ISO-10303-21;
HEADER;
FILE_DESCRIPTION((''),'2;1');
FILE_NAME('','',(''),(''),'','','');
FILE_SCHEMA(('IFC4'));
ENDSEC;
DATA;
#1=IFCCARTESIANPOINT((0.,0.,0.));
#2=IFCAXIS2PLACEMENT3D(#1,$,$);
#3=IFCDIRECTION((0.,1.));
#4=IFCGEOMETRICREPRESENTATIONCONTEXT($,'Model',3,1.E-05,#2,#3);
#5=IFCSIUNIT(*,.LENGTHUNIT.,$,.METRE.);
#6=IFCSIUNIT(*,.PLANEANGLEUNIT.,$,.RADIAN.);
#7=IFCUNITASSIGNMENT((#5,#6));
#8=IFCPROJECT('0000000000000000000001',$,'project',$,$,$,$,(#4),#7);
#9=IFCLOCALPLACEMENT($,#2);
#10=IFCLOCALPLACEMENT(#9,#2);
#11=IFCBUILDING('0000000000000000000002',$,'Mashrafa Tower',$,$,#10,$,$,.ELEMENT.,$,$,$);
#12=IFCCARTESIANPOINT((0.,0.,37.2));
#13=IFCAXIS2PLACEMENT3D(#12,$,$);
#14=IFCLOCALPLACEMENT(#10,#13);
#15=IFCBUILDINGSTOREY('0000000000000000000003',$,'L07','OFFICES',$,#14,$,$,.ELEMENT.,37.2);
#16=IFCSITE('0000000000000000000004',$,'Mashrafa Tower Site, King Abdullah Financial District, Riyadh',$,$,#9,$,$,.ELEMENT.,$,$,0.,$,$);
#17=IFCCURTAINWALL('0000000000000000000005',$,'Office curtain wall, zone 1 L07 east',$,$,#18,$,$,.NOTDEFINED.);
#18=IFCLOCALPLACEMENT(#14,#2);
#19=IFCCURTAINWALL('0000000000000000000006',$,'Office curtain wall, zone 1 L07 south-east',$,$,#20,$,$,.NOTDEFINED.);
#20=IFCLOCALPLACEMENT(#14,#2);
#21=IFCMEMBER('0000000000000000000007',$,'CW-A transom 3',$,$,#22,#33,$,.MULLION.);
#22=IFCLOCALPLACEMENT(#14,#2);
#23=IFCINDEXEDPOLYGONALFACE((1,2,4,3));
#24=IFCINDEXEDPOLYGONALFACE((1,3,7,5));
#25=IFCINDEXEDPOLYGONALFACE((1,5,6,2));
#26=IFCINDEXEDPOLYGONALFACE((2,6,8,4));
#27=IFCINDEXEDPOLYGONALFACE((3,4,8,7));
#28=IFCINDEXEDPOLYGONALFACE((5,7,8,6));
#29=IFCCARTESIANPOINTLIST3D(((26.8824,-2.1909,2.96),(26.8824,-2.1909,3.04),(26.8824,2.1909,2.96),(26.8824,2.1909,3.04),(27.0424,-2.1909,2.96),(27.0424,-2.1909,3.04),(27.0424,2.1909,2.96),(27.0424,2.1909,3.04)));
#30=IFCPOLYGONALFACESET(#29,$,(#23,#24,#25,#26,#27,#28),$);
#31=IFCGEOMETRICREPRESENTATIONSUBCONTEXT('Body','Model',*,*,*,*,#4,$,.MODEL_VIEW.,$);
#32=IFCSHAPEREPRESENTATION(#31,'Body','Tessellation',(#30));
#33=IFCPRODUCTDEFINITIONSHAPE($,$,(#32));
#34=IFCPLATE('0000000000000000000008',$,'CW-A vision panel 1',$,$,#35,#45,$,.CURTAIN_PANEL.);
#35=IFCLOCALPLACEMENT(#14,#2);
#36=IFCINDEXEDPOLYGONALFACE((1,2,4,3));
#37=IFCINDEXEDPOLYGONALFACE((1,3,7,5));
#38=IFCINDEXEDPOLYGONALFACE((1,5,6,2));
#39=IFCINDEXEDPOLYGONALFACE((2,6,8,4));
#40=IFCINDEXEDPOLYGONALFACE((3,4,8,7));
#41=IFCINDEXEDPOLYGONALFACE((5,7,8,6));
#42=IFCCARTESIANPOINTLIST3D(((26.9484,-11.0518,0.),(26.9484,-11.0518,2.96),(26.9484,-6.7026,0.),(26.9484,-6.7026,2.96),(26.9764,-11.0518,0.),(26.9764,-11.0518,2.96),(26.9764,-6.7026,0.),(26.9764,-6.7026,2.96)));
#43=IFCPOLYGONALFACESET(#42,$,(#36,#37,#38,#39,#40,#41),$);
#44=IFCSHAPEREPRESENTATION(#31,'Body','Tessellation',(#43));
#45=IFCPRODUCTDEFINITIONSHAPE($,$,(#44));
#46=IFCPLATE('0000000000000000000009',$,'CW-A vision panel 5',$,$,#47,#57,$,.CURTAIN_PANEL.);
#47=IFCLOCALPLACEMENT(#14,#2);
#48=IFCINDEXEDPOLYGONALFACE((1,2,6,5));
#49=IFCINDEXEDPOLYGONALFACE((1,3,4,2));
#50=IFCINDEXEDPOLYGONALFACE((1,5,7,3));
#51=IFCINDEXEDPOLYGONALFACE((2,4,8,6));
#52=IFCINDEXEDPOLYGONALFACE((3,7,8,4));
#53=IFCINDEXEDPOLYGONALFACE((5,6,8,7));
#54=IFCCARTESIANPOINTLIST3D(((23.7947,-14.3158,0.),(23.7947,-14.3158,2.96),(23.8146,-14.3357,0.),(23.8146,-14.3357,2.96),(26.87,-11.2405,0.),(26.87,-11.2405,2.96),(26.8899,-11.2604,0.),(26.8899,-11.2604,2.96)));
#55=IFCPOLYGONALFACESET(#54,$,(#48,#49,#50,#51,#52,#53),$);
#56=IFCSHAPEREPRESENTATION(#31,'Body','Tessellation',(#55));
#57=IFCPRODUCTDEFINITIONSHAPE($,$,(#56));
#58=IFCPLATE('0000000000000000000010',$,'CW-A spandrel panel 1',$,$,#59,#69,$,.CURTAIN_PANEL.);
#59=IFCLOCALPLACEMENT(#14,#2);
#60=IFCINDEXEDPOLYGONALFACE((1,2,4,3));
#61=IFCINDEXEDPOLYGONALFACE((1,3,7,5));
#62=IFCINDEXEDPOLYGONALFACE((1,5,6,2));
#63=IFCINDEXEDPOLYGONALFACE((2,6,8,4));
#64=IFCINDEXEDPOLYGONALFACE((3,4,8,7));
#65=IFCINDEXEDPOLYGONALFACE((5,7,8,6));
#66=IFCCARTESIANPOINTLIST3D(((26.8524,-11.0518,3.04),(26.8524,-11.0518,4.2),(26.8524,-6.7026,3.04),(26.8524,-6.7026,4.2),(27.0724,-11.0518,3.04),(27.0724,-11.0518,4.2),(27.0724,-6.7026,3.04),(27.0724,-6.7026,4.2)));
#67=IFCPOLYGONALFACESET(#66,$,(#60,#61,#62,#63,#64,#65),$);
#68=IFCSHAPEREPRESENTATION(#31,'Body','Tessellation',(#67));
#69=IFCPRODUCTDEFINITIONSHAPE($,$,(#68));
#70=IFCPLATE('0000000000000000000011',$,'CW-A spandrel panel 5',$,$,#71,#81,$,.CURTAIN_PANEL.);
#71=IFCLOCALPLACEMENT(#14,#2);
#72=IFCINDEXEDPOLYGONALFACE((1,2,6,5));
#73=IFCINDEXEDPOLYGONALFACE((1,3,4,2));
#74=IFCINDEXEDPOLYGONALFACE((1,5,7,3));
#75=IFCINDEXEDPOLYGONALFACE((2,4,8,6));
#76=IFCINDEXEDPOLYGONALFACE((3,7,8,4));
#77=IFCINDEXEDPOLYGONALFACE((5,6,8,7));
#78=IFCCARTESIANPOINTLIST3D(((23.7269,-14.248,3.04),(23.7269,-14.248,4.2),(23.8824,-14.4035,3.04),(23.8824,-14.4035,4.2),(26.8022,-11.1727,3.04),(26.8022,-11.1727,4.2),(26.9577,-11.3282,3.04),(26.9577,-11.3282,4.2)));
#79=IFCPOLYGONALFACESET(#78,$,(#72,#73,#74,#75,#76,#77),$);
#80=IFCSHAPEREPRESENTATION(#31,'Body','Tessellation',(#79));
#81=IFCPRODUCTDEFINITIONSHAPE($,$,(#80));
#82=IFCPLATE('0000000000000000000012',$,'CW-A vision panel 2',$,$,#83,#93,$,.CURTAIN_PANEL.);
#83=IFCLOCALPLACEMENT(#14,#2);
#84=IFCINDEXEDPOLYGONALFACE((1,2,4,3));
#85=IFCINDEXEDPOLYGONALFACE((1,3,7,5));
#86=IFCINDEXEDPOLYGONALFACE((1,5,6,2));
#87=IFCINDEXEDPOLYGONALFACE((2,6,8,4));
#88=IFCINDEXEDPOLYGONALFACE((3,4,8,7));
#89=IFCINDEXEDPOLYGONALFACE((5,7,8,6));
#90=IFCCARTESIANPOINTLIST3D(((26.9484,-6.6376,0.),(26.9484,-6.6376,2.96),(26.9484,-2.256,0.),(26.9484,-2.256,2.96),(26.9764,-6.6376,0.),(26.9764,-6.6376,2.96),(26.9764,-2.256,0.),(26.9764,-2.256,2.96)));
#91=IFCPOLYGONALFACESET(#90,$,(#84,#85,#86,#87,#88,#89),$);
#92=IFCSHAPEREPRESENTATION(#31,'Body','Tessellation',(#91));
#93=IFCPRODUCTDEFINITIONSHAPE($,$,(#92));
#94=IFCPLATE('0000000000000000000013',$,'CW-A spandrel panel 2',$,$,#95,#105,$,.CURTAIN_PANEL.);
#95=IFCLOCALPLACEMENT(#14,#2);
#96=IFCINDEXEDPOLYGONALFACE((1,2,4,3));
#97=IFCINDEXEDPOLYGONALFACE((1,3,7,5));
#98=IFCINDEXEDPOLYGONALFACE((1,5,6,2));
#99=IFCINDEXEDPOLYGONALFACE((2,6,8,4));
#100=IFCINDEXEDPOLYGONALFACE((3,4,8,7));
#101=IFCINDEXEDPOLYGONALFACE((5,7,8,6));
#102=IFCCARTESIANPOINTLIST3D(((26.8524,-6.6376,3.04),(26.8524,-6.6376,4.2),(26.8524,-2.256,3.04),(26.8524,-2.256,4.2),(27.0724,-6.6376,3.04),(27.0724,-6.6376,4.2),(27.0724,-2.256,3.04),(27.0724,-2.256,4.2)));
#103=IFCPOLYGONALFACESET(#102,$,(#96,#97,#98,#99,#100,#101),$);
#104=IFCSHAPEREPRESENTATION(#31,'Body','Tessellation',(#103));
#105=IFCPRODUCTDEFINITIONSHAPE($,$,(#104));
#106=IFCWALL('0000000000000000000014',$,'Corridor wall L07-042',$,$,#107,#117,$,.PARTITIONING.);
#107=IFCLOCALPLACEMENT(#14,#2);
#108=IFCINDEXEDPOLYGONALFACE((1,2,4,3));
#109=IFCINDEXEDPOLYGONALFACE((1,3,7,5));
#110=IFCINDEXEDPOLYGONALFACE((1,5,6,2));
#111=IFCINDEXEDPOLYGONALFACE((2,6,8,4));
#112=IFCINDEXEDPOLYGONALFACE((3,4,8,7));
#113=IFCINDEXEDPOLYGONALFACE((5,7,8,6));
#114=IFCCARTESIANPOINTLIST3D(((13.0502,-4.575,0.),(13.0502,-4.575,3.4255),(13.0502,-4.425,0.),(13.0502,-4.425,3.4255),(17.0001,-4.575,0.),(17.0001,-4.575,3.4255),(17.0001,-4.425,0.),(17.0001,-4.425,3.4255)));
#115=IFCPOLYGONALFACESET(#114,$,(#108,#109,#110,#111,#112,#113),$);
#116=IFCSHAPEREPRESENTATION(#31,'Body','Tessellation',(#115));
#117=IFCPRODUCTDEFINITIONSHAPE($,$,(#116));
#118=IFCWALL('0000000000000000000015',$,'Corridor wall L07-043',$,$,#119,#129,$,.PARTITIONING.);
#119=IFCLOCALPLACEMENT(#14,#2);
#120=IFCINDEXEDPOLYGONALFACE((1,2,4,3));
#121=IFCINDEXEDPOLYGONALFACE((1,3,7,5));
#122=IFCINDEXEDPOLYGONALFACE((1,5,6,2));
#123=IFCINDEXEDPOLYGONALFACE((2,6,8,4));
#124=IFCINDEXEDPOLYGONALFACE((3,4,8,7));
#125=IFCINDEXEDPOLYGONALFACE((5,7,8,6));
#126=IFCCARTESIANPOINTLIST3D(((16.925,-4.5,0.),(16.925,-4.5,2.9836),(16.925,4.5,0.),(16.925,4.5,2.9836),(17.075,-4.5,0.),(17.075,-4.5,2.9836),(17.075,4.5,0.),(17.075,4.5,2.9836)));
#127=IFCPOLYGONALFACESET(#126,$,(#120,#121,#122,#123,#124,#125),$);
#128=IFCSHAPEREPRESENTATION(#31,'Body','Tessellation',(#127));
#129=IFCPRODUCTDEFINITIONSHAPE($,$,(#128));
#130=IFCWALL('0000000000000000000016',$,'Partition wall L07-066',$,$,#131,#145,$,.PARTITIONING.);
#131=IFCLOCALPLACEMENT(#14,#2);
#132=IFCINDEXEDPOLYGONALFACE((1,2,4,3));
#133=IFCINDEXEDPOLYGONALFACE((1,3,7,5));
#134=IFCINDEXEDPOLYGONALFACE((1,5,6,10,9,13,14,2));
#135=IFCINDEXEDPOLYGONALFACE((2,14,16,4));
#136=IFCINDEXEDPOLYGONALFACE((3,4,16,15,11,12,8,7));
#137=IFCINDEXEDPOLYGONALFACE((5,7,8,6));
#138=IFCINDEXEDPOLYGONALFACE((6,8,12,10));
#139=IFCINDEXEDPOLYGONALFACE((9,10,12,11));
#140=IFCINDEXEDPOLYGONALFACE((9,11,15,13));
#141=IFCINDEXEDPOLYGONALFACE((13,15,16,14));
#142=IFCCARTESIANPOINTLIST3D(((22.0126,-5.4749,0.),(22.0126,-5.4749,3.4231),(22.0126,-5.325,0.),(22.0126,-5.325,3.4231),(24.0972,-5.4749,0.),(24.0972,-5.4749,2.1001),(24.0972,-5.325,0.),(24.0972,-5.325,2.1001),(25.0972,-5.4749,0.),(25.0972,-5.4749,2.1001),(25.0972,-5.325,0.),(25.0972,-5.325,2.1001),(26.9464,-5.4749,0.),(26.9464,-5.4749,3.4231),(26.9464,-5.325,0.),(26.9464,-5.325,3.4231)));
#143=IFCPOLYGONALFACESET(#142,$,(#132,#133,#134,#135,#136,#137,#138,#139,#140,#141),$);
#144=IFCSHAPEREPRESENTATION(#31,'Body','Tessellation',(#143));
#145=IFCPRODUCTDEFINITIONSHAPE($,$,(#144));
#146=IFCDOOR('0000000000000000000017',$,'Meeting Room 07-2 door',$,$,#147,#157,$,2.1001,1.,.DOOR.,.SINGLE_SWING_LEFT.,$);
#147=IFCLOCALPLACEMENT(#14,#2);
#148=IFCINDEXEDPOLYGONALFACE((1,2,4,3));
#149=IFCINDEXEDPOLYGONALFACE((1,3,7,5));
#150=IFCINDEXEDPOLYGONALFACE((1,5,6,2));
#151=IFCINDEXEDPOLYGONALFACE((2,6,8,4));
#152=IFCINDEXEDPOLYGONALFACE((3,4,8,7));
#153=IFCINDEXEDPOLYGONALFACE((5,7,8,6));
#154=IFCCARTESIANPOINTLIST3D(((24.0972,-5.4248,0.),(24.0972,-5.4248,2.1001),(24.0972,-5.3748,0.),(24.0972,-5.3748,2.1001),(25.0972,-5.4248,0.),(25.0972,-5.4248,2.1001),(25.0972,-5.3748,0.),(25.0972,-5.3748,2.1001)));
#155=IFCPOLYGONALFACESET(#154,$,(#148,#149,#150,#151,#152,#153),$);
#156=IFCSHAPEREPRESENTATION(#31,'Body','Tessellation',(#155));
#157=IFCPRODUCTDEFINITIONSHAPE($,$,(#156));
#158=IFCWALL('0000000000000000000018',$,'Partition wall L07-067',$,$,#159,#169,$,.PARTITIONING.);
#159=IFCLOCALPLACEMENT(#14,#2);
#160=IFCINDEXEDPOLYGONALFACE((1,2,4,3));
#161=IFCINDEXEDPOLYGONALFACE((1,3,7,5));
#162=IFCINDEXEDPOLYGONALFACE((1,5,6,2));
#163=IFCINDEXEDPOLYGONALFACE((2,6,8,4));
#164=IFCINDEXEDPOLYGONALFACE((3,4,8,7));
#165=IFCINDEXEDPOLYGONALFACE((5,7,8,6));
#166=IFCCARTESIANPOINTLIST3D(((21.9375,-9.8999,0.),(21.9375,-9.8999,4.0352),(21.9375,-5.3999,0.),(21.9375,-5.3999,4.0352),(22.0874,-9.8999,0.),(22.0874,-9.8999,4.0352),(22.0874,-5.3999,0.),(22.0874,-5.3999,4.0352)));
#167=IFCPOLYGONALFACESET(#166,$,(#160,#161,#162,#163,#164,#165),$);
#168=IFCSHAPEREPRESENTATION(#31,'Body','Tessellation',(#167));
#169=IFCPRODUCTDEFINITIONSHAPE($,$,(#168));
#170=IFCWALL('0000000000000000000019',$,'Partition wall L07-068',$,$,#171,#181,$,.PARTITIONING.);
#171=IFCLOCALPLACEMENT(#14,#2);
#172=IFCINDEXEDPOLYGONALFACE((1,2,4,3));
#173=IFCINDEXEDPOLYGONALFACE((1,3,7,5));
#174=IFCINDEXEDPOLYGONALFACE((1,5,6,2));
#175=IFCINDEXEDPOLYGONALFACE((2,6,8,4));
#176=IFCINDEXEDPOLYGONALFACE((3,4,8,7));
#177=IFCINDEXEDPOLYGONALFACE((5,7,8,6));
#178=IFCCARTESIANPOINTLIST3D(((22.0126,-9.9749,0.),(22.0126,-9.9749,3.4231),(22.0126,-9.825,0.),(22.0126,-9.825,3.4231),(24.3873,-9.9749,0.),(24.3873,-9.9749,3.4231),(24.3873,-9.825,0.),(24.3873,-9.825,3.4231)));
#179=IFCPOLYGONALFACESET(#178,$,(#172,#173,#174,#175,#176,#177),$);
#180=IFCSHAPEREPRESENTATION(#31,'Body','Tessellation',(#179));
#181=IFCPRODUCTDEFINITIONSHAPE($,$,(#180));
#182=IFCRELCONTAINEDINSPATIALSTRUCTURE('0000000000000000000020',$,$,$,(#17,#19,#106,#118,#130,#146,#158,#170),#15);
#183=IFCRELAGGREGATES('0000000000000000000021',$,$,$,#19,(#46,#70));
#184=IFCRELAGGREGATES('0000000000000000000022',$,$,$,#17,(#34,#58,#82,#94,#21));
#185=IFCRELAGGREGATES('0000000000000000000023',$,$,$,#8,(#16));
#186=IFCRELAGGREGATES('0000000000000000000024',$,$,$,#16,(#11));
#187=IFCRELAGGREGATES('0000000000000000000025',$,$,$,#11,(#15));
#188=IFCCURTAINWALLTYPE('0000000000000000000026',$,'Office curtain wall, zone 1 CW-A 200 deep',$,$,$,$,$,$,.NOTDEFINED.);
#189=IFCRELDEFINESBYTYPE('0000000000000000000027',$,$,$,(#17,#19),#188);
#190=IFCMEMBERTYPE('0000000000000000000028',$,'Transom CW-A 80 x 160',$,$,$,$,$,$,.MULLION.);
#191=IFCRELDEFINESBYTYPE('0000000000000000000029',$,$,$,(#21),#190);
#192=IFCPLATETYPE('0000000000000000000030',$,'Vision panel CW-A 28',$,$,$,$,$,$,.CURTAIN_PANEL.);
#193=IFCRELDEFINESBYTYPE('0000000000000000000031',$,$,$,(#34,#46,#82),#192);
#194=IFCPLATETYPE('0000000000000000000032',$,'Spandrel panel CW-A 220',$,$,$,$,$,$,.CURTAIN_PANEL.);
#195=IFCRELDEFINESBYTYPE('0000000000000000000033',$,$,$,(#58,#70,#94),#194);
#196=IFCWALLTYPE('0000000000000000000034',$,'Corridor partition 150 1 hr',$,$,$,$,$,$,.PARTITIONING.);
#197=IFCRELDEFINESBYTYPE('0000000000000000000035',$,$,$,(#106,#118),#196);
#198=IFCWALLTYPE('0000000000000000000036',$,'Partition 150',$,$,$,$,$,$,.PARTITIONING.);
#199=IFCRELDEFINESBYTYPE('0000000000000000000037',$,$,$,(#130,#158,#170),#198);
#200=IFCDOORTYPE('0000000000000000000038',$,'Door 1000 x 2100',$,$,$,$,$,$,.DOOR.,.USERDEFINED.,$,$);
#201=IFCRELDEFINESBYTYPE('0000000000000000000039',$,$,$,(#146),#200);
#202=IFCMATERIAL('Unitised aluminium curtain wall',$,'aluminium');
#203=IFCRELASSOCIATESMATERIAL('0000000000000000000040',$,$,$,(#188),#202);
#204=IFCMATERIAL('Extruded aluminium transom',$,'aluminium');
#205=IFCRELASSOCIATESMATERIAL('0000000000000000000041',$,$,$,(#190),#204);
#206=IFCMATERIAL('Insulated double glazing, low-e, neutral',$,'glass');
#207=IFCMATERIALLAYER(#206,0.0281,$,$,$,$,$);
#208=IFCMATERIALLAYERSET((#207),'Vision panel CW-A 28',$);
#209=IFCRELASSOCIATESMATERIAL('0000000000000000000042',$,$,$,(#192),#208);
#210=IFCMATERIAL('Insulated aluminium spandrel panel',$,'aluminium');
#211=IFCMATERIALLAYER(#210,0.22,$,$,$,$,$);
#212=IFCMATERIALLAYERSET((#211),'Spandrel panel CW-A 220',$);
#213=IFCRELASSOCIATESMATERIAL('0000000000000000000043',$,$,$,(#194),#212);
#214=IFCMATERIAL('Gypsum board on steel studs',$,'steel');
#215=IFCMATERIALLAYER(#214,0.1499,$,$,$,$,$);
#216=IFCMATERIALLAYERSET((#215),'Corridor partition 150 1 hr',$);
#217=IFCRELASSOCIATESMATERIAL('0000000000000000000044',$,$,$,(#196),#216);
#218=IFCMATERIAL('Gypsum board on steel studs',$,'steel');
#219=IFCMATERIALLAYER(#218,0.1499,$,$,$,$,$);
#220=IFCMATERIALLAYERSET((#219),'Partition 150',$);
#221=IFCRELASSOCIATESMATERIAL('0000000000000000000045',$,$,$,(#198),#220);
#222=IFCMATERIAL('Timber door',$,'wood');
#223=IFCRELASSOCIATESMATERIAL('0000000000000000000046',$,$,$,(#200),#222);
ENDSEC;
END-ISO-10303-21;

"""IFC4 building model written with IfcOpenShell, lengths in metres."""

from ifc_helpers import new_model, si_unit, direction, frame, frame_2d, origin, origin_2d, place, context, subcontext, project, spatial, rectangle, extrude, source, transform, mapped, material, layer, layer_set, material_profile, profile_set, type_object, type_shapes, element, fill, aggregate, save


model = new_model("IFC4")

# Units and contexts
model_context = context("Model", 3, precision=1e-05, world=origin(), true_north=direction((0.0, 1.0)))
body_context = subcontext(model_context, "Body", "Model", "MODEL_VIEW")
ifc_project = project(units=[si_unit("LENGTHUNIT", "METRE"), si_unit("PLANEANGLEUNIT", "RADIAN")], contexts=[model_context])

# Site, building, storey
site_placement = place(None, origin())
site = spatial("IfcSite", under=ifc_project, at=site_placement, Name="Mashrafa Tower Site, King Abdullah Financial District, Riyadh", CompositionType="ELEMENT", RefElevation=0.0)
building_placement = place(site_placement, origin())
building = spatial("IfcBuilding", under=site, at=building_placement, Name="Mashrafa Tower", CompositionType="ELEMENT")
storey_placement = place(building_placement, frame((0.0, 0.0, 37.2)))
storey = spatial("IfcBuildingStorey", under=building, at=storey_placement, Name="L07", Description="OFFICES", CompositionType="ELEMENT", Elevation=37.2)

# Curtain wall
ifc_material_1 = material(Name="Unitised aluminium curtain wall", Category="aluminium")
curtain_wall_type = type_object("IfcCurtainWallType", Name="Office curtain wall, zone 1 CW-A 200 deep", PredefinedType="NOTDEFINED", material=ifc_material_1)
curtain_wall_1_placement = place(storey_placement, origin())
curtain_wall_1 = element("IfcCurtainWall", 1, at=curtain_wall_1_placement, inside=storey, type_object=curtain_wall_type, Name="Office curtain wall, zone 1 L07 east", PredefinedType="NOTDEFINED")

# Curtain wall
curtain_wall_2_placement = place(storey_placement, origin())
curtain_wall_2 = element("IfcCurtainWall", 2, at=curtain_wall_2_placement, inside=storey, type_object=curtain_wall_type, Name="Office curtain wall, zone 1 L07 south-east", PredefinedType="NOTDEFINED")

# Member
ifc_material_2 = material(Name="Extruded aluminium transom", Category="aluminium")
ifc_material_profile_1 = material_profile(ifc_material_2, rectangle(XDim=0.1599, YDim=0.0801, at=origin_2d()), Name="Transom 80x160")
ifc_profile_set_1 = profile_set([ifc_material_profile_1], Name="Extruded aluminium transom")
member_type_1 = type_object("IfcMemberType", Name="Transom CW-A 80 x 160", PredefinedType="MULLION", material=ifc_profile_set_1)
shared_shape_1 = source(origin(), body_context, "Body", "SweptSolid", [
    extrude(rectangle(XDim=0.1599, YDim=0.0801, at=origin_2d()), origin(), (0.0, 0.0, 1.0), 4.3818),
])
member_1_placement = place(storey_placement, frame((26.9624, -2.1909, 3.0), z_axis=(0.0, 1.0, 0.0), x_axis=(-1.0, 0.0, 0.0)))
member_1 = element("IfcMember", 3, at=member_1_placement, type_object=member_type_1, Name="CW-A transom 3", PredefinedType="MULLION", context=body_context, shape_type="MappedRepresentation", body=[
    mapped(shared_shape_1, transform((0.0, 0.0, 0.0))),
])

# Plates
ifc_material_3 = material(Name="Insulated double glazing, low-e, neutral", Category="glass")
ifc_layer_1 = layer(ifc_material_3, 0.0281)
ifc_layer_set_1 = layer_set([ifc_layer_1], Name="Vision panel CW-A 28")
plate_type_1 = type_object("IfcPlateType", Name="Vision panel CW-A 28", PredefinedType="CURTAIN_PANEL", material=ifc_layer_set_1)
shared_shape_2 = source(origin(), body_context, "Body", "SweptSolid", [
    extrude(rectangle(XDim=4.3491, YDim=0.0281, at=origin_2d()), origin(), (0.0, 0.0, 1.0), 2.96),
])
plate_1_placement = place(storey_placement, frame((26.9624, -8.8772, 0.0), z_axis=(0.0, 0.0, 1.0), x_axis=(0.0, 1.0, 0.0)))
plate_1 = element("IfcPlate", 4, at=plate_1_placement, type_object=plate_type_1, Name="CW-A vision panel 1", PredefinedType="CURTAIN_PANEL", context=body_context, shape_type="MappedRepresentation", body=[
    mapped(shared_shape_2, transform((0.0, 0.0, 0.0))),
])
plate_2_placement = place(storey_placement, frame((25.3423, -12.7881, 0.0), z_axis=(0.0, 0.0, 1.0), x_axis=(0.707107, 0.707107, 0.0)))
plate_2 = element("IfcPlate", 5, at=plate_2_placement, type_object=plate_type_1, Name="CW-A vision panel 5", PredefinedType="CURTAIN_PANEL", context=body_context, shape_type="MappedRepresentation", body=[
    mapped(shared_shape_2, transform((0.0, 0.0, 0.0))),
])
ifc_material_4 = material(Name="Insulated aluminium spandrel panel", Category="aluminium")
ifc_layer_2 = layer(ifc_material_4, 0.22)
ifc_layer_set_2 = layer_set([ifc_layer_2], Name="Spandrel panel CW-A 220")
plate_type_2 = type_object("IfcPlateType", Name="Spandrel panel CW-A 220", PredefinedType="CURTAIN_PANEL", material=ifc_layer_set_2)
shared_shape_3 = source(origin(), body_context, "Body", "SweptSolid", [
    extrude(rectangle(XDim=4.3491, YDim=0.22, at=origin_2d()), origin(), (0.0, 0.0, 1.0), 1.1599),
])
plate_3_placement = place(storey_placement, frame((26.9624, -8.8772, 3.04), z_axis=(0.0, 0.0, 1.0), x_axis=(0.0, 1.0, 0.0)))
plate_3 = element("IfcPlate", 6, at=plate_3_placement, type_object=plate_type_2, Name="CW-A spandrel panel 1", PredefinedType="CURTAIN_PANEL", context=body_context, shape_type="MappedRepresentation", body=[
    mapped(shared_shape_3, transform((0.0, 0.0, 0.0))),
])
plate_4_placement = place(storey_placement, frame((25.3423, -12.7881, 3.04), z_axis=(0.0, 0.0, 1.0), x_axis=(0.707107, 0.707107, 0.0)))
plate_4 = element("IfcPlate", 7, at=plate_4_placement, type_object=plate_type_2, Name="CW-A spandrel panel 5", PredefinedType="CURTAIN_PANEL", context=body_context, shape_type="MappedRepresentation", body=[
    mapped(shared_shape_3, transform((0.0, 0.0, 0.0))),
])
aggregate(curtain_wall_2, [plate_2, plate_4])
shared_shape_4 = source(origin(), body_context, "Body", "SweptSolid", [
    extrude(rectangle(XDim=4.3816, YDim=0.0281, at=origin_2d()), origin(), (0.0, 0.0, 1.0), 2.96),
])
type_shapes(plate_type_1, [shared_shape_2, shared_shape_4])
plate_5_placement = place(storey_placement, frame((26.9624, -4.4468, 0.0), z_axis=(0.0, 0.0, 1.0), x_axis=(0.0, 1.0, 0.0)))
plate_5 = element("IfcPlate", 8, at=plate_5_placement, type_object=plate_type_1, Name="CW-A vision panel 2", PredefinedType="CURTAIN_PANEL", context=body_context, shape_type="MappedRepresentation", body=[
    mapped(shared_shape_4, transform((0.0, 0.0, 0.0))),
])
shared_shape_5 = source(origin(), body_context, "Body", "SweptSolid", [
    extrude(rectangle(XDim=4.3816, YDim=0.22, at=origin_2d()), origin(), (0.0, 0.0, 1.0), 1.1599),
])
type_shapes(plate_type_2, [shared_shape_3, shared_shape_5])
plate_6_placement = place(storey_placement, frame((26.9624, -4.4468, 3.04), z_axis=(0.0, 0.0, 1.0), x_axis=(0.0, 1.0, 0.0)))
plate_6 = element("IfcPlate", 9, at=plate_6_placement, type_object=plate_type_2, Name="CW-A spandrel panel 2", PredefinedType="CURTAIN_PANEL", context=body_context, shape_type="MappedRepresentation", body=[
    mapped(shared_shape_5, transform((0.0, 0.0, 0.0))),
])
aggregate(curtain_wall_1, [plate_1, plate_3, plate_5, plate_6, member_1])

# Shared definitions
ifc_material_5 = material(Name="Gypsum board on steel studs", Category="steel")
ifc_layer_3 = layer(ifc_material_5, 0.1499)
ifc_layer_set_3 = layer_set([ifc_layer_3], Name="Corridor partition 150 1 hr")
wall_type_1 = type_object("IfcWallType", Name="Corridor partition 150 1 hr", PredefinedType="PARTITIONING", material=ifc_layer_set_3)

# Walls
wall_1_placement = place(storey_placement, frame((13.05, -4.5, 0.0), z_axis=(0.0, 0.0, 1.0), x_axis=(1.0, 0.0, 0.0)))
element("IfcWall", 10, at=wall_1_placement, inside=storey, type_object=wall_type_1, Name="Corridor wall L07-042", PredefinedType="PARTITIONING", context=body_context, shape_type="SweptSolid", body=[
    extrude(rectangle(XDim=3.95, YDim=0.1499, at=frame_2d((1.9751, 0.0))), origin(), (0.0, 0.0, 1.0), 3.4255),
])
wall_2_placement = place(storey_placement, frame((17.0, -4.5, 0.0), z_axis=(0.0, 0.0, 1.0), x_axis=(0.0, 1.0, 0.0)))
element("IfcWall", 11, at=wall_2_placement, inside=storey, type_object=wall_type_1, Name="Corridor wall L07-043", PredefinedType="PARTITIONING", context=body_context, shape_type="SweptSolid", body=[
    extrude(rectangle(XDim=9.0, YDim=0.1499, at=frame_2d((4.5, 0.0))), origin(), (0.0, 0.0, 1.0), 2.9836),
])

# Wall, opening, door
ifc_material_6 = material(Name="Gypsum board on steel studs", Category="steel")
ifc_layer_4 = layer(ifc_material_6, 0.1499)
ifc_layer_set_4 = layer_set([ifc_layer_4], Name="Partition 150")
wall_type_2 = type_object("IfcWallType", Name="Partition 150", PredefinedType="PARTITIONING", material=ifc_layer_set_4)
wall_3_placement = place(storey_placement, frame((26.9463, -5.3999, 0.0), z_axis=(0.0, 0.0, 1.0), x_axis=(-1.0, 0.0, 0.0)))
wall_3 = element("IfcWall", 12, at=wall_3_placement, inside=storey, type_object=wall_type_2, Name="Partition wall L07-066", PredefinedType="PARTITIONING", context=body_context, shape_type="SweptSolid", body=[
    extrude(rectangle(XDim=4.9338, YDim=0.1499, at=frame_2d((2.4668, 0.0))), origin(), (0.0, 0.0, 1.0), 3.4231),
])
opening_1_placement = place(wall_3_placement, frame((1.8491, 0.0, 0.0)))
opening_1 = element("IfcOpeningElement", 13, at=opening_1_placement, cuts=wall_3, PredefinedType="OPENING", context=body_context, shape_type="SweptSolid", body=[
    extrude(rectangle(XDim=1.0, YDim=2.1001, at=frame_2d((0.5, 1.05))), frame((0.0, 0.085, 0.0), z_axis=(0.0, -1.0, 0.0), x_axis=(1.0, 0.0, 0.0)), (0.0, 0.0, 1.0), 0.1699),
])
ifc_material_7 = material(Name="Timber door", Category="wood")
door_type_1 = type_object("IfcDoorType", Name="Door 1000 x 2100", OperationType="USERDEFINED", PredefinedType="DOOR", material=ifc_material_7)
door_1_placement = place(opening_1_placement, origin())
door_1 = element("IfcDoor", 14, at=door_1_placement, inside=storey, type_object=door_type_1, Name="Meeting Room 07-2 door", OperationType="SINGLE_SWING_LEFT", OverallHeight=2.1001, OverallWidth=1.0, PredefinedType="DOOR", context=body_context, shape_type="SweptSolid", body=[
    extrude(rectangle(XDim=1.0, YDim=2.1001, at=frame_2d((0.5, 1.05))), frame((0.0, 0.0249, 0.0), z_axis=(0.0, -1.0, 0.0), x_axis=(1.0, 0.0, 0.0)), (0.0, 0.0, 1.0), 0.05),
])
fill(opening_1, door_1)

# Walls
wall_4_placement = place(storey_placement, frame((22.0125, -5.3999, 0.0), z_axis=(0.0, 0.0, 1.0), x_axis=(0.0, -1.0, 0.0)))
element("IfcWall", 15, at=wall_4_placement, inside=storey, type_object=wall_type_2, Name="Partition wall L07-067", PredefinedType="PARTITIONING", context=body_context, shape_type="SweptSolid", body=[
    extrude(rectangle(XDim=4.5, YDim=0.1499, at=frame_2d((2.25, 0.0))), origin(), (0.0, 0.0, 1.0), 4.0352),
])
wall_5_placement = place(storey_placement, frame((22.0125, -9.8999, 0.0), z_axis=(0.0, 0.0, 1.0), x_axis=(1.0, 0.0, 0.0)))
element("IfcWall", 16, at=wall_5_placement, inside=storey, type_object=wall_type_2, Name="Partition wall L07-068", PredefinedType="PARTITIONING", context=body_context, shape_type="SweptSolid", body=[
    extrude(rectangle(XDim=2.3748, YDim=0.1499, at=frame_2d((1.1875, 0.0))), origin(), (0.0, 0.0, 1.0), 3.4231),
])

save(model, "model.ifc")
